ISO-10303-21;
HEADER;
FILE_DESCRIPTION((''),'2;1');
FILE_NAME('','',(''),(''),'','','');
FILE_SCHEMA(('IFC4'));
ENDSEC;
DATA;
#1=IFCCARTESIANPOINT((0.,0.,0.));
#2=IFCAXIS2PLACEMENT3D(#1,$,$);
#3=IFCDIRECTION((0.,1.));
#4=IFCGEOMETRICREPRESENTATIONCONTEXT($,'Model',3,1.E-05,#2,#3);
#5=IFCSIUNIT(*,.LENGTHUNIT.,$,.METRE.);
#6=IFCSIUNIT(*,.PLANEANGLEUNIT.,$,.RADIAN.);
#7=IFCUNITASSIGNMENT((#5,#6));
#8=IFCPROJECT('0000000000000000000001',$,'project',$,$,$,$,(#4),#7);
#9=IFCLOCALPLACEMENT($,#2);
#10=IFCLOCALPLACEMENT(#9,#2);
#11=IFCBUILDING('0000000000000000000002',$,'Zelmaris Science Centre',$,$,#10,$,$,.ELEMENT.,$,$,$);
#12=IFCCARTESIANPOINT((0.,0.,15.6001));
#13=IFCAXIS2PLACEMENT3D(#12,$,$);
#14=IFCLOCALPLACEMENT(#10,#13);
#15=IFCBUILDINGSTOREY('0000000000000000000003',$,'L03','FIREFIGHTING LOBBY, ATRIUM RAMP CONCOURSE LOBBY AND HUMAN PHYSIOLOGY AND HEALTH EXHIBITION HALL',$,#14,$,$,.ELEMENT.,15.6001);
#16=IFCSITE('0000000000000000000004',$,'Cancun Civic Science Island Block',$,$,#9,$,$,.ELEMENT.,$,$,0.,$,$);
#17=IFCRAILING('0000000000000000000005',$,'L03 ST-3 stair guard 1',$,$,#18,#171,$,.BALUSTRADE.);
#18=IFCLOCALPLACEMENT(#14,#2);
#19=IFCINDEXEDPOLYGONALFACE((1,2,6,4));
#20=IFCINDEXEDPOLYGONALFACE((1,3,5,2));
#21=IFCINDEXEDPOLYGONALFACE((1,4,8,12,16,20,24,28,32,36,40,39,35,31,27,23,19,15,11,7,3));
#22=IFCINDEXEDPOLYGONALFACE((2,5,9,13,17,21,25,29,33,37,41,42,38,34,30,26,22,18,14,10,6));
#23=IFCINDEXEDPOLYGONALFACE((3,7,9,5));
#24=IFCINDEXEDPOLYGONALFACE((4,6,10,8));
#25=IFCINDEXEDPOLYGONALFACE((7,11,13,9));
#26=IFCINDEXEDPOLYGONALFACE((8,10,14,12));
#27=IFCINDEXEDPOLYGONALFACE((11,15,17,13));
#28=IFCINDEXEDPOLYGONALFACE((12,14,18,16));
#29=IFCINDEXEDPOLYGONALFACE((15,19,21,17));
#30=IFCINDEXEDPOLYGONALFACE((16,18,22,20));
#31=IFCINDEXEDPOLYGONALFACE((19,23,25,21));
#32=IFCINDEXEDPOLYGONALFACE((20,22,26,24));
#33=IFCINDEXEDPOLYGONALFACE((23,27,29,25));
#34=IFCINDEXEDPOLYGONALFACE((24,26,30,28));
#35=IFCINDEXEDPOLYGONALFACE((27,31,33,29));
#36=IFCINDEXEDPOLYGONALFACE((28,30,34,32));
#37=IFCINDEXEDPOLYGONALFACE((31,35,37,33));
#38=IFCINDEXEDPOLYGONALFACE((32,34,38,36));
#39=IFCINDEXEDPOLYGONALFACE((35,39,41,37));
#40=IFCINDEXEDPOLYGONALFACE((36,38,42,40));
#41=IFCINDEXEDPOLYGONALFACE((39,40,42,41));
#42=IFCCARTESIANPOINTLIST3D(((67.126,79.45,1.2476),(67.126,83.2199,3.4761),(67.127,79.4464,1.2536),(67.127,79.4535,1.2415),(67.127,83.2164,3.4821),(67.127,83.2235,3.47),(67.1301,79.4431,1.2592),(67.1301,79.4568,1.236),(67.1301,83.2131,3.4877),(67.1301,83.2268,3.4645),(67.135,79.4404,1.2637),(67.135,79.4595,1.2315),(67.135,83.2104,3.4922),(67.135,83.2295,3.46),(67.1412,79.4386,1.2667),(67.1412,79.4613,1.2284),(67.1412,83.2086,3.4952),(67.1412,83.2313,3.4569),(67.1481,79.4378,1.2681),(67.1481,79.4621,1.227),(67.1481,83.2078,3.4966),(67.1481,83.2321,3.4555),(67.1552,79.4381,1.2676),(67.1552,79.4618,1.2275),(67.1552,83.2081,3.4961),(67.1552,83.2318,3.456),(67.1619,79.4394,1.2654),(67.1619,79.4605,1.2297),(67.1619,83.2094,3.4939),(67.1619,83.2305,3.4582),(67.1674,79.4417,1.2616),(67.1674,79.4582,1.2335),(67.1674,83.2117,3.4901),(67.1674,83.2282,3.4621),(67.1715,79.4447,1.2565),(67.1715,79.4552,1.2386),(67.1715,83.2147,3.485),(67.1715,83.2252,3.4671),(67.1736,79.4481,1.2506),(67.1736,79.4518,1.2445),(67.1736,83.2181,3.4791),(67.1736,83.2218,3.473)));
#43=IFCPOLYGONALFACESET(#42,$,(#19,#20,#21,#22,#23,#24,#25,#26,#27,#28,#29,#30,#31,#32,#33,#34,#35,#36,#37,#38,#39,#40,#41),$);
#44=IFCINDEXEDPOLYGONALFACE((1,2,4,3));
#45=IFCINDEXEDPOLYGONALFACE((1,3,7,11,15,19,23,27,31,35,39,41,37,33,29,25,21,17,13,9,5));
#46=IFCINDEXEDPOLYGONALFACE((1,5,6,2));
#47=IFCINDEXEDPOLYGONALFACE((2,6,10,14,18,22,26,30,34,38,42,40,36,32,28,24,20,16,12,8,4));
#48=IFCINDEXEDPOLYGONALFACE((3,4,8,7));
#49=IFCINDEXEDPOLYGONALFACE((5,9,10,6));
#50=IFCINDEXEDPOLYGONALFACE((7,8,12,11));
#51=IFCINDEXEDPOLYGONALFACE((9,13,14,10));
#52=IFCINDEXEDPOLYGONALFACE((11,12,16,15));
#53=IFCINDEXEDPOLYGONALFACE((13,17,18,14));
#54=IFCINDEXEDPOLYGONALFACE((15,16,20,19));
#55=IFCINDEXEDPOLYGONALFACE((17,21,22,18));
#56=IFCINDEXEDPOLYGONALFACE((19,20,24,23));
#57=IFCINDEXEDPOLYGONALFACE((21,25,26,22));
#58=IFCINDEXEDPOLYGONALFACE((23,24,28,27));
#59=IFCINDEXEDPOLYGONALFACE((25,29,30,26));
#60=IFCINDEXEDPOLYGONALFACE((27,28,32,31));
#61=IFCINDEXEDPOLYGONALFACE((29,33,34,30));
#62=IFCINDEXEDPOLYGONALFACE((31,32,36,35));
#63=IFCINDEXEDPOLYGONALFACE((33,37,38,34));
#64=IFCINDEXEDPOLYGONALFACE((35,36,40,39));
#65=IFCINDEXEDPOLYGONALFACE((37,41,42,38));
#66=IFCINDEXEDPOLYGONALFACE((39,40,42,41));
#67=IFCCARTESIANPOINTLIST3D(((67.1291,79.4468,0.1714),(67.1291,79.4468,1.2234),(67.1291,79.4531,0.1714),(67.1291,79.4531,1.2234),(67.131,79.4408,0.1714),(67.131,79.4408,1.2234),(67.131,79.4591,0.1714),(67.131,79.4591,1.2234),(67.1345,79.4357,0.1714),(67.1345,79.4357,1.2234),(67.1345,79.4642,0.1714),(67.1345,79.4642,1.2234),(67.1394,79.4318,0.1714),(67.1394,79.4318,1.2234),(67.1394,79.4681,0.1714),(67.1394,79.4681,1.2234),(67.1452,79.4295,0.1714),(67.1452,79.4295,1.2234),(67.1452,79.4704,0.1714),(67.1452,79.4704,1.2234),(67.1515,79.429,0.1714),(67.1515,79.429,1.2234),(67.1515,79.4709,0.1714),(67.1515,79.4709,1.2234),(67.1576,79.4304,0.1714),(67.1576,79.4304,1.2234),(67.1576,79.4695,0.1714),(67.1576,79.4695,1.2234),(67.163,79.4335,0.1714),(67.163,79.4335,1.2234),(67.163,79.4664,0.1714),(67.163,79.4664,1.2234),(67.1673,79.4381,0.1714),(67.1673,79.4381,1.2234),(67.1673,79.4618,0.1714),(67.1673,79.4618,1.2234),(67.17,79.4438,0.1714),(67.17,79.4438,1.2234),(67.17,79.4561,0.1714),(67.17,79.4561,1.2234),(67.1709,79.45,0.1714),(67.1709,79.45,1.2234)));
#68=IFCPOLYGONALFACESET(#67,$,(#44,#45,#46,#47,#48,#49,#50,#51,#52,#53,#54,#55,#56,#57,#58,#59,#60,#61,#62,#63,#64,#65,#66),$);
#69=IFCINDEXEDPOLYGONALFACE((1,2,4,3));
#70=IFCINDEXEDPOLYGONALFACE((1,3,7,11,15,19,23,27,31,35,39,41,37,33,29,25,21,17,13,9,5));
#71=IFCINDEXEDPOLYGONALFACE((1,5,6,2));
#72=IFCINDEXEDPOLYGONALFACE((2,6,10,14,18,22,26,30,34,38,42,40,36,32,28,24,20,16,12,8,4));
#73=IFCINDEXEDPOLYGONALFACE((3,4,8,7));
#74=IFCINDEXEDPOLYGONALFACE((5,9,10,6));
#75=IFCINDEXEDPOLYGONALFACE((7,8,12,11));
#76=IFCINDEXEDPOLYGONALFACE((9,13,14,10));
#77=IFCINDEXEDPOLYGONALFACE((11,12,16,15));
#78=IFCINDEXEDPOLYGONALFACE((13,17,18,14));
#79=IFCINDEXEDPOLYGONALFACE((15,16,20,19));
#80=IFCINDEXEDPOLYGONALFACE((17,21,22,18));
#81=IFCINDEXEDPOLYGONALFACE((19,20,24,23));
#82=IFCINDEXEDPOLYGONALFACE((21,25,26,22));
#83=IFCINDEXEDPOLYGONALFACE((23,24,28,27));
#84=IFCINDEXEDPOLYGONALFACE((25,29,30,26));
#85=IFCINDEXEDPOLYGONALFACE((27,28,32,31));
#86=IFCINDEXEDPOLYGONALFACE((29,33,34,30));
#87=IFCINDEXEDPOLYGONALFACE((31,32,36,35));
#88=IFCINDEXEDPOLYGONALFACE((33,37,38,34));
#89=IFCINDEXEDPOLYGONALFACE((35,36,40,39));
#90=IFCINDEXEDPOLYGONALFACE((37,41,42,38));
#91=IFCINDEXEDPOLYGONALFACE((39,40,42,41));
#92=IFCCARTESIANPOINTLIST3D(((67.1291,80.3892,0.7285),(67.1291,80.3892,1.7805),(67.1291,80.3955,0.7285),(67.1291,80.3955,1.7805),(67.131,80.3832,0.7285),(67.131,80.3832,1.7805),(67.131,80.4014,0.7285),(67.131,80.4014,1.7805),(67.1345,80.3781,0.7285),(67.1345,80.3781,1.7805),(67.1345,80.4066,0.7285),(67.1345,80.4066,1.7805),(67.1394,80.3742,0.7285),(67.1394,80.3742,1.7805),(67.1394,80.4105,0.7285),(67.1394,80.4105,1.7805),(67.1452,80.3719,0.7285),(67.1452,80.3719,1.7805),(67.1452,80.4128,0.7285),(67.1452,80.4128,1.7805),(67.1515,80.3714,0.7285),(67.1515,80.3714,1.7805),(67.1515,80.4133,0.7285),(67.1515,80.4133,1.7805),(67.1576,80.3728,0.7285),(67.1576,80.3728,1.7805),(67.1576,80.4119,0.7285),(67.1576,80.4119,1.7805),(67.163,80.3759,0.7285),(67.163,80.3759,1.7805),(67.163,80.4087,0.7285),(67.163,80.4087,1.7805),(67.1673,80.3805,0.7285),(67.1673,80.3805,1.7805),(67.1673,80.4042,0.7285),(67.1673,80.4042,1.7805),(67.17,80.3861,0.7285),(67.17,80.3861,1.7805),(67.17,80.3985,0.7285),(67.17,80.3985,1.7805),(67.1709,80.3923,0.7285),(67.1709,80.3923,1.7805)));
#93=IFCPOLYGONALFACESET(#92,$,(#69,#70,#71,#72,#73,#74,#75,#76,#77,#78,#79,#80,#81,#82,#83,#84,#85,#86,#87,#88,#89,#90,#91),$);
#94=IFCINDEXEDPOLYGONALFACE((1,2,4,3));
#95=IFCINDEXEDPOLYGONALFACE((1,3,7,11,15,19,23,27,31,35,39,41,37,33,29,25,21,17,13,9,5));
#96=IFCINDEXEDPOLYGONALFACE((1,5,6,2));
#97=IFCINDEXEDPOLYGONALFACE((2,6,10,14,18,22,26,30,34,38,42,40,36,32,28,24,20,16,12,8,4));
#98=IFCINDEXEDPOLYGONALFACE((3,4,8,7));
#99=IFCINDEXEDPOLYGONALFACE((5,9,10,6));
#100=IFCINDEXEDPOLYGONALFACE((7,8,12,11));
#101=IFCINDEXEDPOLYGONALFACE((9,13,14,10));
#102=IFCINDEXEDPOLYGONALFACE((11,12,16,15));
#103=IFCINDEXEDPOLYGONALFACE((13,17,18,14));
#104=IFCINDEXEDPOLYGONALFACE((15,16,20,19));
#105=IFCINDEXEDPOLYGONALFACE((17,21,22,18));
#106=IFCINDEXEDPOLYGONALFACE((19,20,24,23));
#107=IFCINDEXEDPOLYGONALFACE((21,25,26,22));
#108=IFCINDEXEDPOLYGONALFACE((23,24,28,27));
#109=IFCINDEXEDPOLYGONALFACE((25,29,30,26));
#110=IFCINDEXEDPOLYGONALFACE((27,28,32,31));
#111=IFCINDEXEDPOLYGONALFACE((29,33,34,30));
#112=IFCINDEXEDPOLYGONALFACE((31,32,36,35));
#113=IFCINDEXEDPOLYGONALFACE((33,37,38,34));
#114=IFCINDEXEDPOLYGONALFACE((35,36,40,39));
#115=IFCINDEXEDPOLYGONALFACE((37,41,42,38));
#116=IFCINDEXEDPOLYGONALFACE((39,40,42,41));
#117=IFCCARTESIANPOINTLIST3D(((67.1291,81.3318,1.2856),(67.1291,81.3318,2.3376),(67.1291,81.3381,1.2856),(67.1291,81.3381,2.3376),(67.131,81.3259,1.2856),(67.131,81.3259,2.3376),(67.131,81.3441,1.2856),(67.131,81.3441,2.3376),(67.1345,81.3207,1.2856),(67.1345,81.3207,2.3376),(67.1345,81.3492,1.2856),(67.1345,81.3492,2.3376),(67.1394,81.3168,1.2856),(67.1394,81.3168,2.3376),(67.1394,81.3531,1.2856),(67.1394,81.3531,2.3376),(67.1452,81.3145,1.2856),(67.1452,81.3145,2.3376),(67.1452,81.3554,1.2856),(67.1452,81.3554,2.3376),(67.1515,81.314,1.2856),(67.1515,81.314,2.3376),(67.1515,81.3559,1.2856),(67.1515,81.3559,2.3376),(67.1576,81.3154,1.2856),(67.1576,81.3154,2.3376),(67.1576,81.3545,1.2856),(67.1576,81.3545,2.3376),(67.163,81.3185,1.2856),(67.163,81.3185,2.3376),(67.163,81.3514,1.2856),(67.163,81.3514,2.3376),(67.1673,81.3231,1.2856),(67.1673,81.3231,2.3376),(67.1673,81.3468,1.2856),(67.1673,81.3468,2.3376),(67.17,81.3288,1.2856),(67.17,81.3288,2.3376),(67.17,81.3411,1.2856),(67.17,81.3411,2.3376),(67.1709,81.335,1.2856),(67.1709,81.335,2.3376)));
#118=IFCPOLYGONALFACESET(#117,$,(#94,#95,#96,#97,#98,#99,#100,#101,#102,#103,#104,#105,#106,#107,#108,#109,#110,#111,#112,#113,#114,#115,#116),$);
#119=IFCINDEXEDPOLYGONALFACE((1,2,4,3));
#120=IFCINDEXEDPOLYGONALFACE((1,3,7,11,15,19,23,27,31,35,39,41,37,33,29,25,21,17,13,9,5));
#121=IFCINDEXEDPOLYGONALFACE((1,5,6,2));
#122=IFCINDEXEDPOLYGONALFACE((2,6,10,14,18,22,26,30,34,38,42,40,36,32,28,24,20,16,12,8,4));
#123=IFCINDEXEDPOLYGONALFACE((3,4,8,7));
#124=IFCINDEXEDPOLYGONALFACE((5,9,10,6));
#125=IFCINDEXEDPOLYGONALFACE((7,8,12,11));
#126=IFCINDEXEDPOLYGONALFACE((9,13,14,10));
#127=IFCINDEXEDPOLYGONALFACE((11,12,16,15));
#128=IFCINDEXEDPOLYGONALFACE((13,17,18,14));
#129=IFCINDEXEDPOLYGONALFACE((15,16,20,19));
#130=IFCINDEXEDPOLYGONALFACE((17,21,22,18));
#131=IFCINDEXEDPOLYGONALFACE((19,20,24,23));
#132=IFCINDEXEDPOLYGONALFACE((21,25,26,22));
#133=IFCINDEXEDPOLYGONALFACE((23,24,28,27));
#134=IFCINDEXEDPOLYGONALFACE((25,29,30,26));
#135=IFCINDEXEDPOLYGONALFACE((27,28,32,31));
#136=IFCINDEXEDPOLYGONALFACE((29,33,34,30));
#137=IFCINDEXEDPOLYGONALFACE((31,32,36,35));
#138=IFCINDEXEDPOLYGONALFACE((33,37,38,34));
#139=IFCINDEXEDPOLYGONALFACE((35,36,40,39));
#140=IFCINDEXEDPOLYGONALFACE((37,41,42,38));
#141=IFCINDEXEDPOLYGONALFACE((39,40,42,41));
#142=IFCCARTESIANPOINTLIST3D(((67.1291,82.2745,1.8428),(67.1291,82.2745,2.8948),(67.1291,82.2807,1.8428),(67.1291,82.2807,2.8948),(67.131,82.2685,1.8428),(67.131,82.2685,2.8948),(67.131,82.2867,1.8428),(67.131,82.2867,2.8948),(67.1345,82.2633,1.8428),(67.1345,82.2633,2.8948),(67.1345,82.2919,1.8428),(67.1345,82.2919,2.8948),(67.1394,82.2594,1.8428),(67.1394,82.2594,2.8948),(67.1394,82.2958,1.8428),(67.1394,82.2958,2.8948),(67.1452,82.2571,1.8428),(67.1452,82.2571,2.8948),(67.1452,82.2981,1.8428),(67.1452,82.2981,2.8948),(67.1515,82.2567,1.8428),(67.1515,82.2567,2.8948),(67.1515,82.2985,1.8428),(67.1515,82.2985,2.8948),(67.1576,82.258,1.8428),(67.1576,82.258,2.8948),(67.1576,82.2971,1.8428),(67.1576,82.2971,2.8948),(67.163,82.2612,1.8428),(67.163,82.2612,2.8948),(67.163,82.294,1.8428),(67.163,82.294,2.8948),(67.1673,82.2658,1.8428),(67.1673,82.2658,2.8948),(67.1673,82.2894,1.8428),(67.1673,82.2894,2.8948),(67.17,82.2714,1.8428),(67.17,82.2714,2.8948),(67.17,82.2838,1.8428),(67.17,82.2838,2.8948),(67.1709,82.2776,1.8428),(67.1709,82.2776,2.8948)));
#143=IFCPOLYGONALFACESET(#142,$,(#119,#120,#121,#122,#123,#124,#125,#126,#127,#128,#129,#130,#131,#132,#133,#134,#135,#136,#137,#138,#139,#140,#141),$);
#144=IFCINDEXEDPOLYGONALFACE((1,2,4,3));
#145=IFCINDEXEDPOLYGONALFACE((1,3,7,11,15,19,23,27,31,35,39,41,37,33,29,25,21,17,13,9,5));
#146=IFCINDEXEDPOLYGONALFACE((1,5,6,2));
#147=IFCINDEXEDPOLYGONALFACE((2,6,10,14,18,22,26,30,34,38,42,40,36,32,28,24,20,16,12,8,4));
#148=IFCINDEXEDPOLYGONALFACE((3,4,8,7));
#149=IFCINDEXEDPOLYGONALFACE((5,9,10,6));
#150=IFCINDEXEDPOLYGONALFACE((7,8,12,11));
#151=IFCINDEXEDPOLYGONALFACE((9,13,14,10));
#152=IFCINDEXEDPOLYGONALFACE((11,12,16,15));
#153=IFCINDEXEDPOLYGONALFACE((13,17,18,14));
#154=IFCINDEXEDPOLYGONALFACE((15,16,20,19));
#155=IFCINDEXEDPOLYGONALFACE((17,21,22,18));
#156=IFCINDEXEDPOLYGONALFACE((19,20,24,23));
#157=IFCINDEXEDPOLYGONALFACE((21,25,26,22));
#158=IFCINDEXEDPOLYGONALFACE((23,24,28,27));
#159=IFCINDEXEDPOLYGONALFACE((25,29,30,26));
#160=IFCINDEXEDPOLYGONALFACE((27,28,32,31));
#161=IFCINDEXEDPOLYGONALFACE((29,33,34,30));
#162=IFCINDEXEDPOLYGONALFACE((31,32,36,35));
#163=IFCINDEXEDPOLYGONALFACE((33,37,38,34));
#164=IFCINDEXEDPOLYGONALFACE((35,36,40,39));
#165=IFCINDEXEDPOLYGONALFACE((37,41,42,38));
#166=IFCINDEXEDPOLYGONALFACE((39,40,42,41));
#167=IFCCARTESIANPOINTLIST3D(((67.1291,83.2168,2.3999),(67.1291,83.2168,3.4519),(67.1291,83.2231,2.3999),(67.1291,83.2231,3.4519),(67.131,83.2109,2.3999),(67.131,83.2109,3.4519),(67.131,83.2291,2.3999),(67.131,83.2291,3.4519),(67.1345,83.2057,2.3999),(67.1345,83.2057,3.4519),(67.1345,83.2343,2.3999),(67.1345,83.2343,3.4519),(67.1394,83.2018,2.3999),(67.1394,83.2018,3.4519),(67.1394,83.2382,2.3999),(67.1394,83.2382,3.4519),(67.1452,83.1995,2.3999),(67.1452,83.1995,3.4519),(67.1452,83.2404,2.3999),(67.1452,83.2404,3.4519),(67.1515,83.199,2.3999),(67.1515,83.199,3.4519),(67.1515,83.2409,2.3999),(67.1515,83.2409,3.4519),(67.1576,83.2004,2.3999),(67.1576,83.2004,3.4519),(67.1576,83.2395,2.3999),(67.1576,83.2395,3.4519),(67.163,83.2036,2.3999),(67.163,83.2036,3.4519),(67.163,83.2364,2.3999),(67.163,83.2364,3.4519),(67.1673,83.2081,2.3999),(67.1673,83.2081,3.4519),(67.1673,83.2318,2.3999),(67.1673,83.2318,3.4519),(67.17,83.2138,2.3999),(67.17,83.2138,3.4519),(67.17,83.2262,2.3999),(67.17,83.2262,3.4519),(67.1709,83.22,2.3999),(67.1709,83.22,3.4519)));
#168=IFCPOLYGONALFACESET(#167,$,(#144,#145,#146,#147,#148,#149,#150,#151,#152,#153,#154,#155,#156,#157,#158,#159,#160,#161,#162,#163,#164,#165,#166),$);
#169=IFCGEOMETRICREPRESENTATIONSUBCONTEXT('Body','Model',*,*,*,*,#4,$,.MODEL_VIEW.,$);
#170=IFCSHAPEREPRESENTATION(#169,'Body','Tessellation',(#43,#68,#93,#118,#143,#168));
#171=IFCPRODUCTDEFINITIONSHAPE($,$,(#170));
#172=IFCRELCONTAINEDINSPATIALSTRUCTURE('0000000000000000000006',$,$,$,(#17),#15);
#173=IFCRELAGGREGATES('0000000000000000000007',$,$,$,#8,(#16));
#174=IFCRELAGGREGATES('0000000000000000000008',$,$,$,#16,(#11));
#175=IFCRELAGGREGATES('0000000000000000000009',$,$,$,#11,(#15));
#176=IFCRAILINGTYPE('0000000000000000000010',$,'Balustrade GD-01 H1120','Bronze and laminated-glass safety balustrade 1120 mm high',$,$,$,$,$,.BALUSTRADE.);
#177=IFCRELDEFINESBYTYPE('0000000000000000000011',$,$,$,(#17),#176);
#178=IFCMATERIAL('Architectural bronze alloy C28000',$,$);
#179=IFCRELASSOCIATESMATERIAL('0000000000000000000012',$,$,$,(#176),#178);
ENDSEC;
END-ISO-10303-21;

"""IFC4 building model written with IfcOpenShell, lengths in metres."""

from ifc_helpers import new_model, si_unit, direction, frame, origin, origin_2d, place, context, subcontext, project, spatial, circle, extrude, material, type_object, element, save


model = new_model("IFC4")

# Units and contexts
model_context = context("Model", 3, precision=1e-05, world=origin(), true_north=direction((0.0, 1.0)))
body_context = subcontext(model_context, "Body", "Model", "MODEL_VIEW")
ifc_project = project(units=[si_unit("LENGTHUNIT", "METRE"), si_unit("PLANEANGLEUNIT", "RADIAN")], contexts=[model_context])

# Site, building, storey
site_placement = place(None, origin())
site = spatial("IfcSite", under=ifc_project, at=site_placement, Name="Cancun Civic Science Island Block", CompositionType="ELEMENT", RefElevation=0.0)
building_placement = place(site_placement, origin())
building = spatial("IfcBuilding", under=site, at=building_placement, Name="Zelmaris Science Centre", CompositionType="ELEMENT")
storey_placement = place(building_placement, frame((0.0, 0.0, 15.6001)))
storey = spatial("IfcBuildingStorey", under=building, at=storey_placement, Name="L03", Description="FIREFIGHTING LOBBY, ATRIUM RAMP CONCOURSE LOBBY AND HUMAN PHYSIOLOGY AND HEALTH EXHIBITION HALL", CompositionType="ELEMENT", Elevation=15.6001)

# Railing
ifc_material_1 = material(Name="Architectural bronze alloy C28000")
railing_type_1 = type_object("IfcRailingType", Name="Balustrade GD-01 H1120", Description="Bronze and laminated-glass safety balustrade 1120 mm high", PredefinedType="BALUSTRADE", material=ifc_material_1)
railing_1_placement = place(storey_placement, frame((67.1499, 79.45, 0.1714)))
element("IfcRailing", 1, at=railing_1_placement, inside=storey, type_object=railing_type_1, Name="L03 ST-3 stair guard 1", PredefinedType="BALUSTRADE", context=body_context, shape_type="SweptSolid", body=[
    extrude(circle(Radius=0.0239, at=origin_2d()), frame((0.0, 0.0, 1.0762), z_axis=(0.0, 0.860849, 0.508861), x_axis=(-1.0, 0.0, 0.0)), (0.0, 0.0, 1.0), 4.3794),
    extrude(circle(Radius=0.021, at=origin_2d()), origin(), (0.0, 0.0, 1.0), 1.052),
    extrude(circle(Radius=0.021, at=origin_2d()), frame((0.0, 0.9424, 0.5571)), (0.0, 0.0, 1.0), 1.052),
    extrude(circle(Radius=0.021, at=origin_2d()), frame((0.0, 1.885, 1.1143)), (0.0, 0.0, 1.0), 1.052),
    extrude(circle(Radius=0.021, at=origin_2d()), frame((0.0, 2.8276, 1.6714)), (0.0, 0.0, 1.0), 1.052),
    extrude(circle(Radius=0.021, at=origin_2d()), frame((0.0, 3.77, 2.2285)), (0.0, 0.0, 1.0), 1.052),
])

save(model, "model.ifc")
